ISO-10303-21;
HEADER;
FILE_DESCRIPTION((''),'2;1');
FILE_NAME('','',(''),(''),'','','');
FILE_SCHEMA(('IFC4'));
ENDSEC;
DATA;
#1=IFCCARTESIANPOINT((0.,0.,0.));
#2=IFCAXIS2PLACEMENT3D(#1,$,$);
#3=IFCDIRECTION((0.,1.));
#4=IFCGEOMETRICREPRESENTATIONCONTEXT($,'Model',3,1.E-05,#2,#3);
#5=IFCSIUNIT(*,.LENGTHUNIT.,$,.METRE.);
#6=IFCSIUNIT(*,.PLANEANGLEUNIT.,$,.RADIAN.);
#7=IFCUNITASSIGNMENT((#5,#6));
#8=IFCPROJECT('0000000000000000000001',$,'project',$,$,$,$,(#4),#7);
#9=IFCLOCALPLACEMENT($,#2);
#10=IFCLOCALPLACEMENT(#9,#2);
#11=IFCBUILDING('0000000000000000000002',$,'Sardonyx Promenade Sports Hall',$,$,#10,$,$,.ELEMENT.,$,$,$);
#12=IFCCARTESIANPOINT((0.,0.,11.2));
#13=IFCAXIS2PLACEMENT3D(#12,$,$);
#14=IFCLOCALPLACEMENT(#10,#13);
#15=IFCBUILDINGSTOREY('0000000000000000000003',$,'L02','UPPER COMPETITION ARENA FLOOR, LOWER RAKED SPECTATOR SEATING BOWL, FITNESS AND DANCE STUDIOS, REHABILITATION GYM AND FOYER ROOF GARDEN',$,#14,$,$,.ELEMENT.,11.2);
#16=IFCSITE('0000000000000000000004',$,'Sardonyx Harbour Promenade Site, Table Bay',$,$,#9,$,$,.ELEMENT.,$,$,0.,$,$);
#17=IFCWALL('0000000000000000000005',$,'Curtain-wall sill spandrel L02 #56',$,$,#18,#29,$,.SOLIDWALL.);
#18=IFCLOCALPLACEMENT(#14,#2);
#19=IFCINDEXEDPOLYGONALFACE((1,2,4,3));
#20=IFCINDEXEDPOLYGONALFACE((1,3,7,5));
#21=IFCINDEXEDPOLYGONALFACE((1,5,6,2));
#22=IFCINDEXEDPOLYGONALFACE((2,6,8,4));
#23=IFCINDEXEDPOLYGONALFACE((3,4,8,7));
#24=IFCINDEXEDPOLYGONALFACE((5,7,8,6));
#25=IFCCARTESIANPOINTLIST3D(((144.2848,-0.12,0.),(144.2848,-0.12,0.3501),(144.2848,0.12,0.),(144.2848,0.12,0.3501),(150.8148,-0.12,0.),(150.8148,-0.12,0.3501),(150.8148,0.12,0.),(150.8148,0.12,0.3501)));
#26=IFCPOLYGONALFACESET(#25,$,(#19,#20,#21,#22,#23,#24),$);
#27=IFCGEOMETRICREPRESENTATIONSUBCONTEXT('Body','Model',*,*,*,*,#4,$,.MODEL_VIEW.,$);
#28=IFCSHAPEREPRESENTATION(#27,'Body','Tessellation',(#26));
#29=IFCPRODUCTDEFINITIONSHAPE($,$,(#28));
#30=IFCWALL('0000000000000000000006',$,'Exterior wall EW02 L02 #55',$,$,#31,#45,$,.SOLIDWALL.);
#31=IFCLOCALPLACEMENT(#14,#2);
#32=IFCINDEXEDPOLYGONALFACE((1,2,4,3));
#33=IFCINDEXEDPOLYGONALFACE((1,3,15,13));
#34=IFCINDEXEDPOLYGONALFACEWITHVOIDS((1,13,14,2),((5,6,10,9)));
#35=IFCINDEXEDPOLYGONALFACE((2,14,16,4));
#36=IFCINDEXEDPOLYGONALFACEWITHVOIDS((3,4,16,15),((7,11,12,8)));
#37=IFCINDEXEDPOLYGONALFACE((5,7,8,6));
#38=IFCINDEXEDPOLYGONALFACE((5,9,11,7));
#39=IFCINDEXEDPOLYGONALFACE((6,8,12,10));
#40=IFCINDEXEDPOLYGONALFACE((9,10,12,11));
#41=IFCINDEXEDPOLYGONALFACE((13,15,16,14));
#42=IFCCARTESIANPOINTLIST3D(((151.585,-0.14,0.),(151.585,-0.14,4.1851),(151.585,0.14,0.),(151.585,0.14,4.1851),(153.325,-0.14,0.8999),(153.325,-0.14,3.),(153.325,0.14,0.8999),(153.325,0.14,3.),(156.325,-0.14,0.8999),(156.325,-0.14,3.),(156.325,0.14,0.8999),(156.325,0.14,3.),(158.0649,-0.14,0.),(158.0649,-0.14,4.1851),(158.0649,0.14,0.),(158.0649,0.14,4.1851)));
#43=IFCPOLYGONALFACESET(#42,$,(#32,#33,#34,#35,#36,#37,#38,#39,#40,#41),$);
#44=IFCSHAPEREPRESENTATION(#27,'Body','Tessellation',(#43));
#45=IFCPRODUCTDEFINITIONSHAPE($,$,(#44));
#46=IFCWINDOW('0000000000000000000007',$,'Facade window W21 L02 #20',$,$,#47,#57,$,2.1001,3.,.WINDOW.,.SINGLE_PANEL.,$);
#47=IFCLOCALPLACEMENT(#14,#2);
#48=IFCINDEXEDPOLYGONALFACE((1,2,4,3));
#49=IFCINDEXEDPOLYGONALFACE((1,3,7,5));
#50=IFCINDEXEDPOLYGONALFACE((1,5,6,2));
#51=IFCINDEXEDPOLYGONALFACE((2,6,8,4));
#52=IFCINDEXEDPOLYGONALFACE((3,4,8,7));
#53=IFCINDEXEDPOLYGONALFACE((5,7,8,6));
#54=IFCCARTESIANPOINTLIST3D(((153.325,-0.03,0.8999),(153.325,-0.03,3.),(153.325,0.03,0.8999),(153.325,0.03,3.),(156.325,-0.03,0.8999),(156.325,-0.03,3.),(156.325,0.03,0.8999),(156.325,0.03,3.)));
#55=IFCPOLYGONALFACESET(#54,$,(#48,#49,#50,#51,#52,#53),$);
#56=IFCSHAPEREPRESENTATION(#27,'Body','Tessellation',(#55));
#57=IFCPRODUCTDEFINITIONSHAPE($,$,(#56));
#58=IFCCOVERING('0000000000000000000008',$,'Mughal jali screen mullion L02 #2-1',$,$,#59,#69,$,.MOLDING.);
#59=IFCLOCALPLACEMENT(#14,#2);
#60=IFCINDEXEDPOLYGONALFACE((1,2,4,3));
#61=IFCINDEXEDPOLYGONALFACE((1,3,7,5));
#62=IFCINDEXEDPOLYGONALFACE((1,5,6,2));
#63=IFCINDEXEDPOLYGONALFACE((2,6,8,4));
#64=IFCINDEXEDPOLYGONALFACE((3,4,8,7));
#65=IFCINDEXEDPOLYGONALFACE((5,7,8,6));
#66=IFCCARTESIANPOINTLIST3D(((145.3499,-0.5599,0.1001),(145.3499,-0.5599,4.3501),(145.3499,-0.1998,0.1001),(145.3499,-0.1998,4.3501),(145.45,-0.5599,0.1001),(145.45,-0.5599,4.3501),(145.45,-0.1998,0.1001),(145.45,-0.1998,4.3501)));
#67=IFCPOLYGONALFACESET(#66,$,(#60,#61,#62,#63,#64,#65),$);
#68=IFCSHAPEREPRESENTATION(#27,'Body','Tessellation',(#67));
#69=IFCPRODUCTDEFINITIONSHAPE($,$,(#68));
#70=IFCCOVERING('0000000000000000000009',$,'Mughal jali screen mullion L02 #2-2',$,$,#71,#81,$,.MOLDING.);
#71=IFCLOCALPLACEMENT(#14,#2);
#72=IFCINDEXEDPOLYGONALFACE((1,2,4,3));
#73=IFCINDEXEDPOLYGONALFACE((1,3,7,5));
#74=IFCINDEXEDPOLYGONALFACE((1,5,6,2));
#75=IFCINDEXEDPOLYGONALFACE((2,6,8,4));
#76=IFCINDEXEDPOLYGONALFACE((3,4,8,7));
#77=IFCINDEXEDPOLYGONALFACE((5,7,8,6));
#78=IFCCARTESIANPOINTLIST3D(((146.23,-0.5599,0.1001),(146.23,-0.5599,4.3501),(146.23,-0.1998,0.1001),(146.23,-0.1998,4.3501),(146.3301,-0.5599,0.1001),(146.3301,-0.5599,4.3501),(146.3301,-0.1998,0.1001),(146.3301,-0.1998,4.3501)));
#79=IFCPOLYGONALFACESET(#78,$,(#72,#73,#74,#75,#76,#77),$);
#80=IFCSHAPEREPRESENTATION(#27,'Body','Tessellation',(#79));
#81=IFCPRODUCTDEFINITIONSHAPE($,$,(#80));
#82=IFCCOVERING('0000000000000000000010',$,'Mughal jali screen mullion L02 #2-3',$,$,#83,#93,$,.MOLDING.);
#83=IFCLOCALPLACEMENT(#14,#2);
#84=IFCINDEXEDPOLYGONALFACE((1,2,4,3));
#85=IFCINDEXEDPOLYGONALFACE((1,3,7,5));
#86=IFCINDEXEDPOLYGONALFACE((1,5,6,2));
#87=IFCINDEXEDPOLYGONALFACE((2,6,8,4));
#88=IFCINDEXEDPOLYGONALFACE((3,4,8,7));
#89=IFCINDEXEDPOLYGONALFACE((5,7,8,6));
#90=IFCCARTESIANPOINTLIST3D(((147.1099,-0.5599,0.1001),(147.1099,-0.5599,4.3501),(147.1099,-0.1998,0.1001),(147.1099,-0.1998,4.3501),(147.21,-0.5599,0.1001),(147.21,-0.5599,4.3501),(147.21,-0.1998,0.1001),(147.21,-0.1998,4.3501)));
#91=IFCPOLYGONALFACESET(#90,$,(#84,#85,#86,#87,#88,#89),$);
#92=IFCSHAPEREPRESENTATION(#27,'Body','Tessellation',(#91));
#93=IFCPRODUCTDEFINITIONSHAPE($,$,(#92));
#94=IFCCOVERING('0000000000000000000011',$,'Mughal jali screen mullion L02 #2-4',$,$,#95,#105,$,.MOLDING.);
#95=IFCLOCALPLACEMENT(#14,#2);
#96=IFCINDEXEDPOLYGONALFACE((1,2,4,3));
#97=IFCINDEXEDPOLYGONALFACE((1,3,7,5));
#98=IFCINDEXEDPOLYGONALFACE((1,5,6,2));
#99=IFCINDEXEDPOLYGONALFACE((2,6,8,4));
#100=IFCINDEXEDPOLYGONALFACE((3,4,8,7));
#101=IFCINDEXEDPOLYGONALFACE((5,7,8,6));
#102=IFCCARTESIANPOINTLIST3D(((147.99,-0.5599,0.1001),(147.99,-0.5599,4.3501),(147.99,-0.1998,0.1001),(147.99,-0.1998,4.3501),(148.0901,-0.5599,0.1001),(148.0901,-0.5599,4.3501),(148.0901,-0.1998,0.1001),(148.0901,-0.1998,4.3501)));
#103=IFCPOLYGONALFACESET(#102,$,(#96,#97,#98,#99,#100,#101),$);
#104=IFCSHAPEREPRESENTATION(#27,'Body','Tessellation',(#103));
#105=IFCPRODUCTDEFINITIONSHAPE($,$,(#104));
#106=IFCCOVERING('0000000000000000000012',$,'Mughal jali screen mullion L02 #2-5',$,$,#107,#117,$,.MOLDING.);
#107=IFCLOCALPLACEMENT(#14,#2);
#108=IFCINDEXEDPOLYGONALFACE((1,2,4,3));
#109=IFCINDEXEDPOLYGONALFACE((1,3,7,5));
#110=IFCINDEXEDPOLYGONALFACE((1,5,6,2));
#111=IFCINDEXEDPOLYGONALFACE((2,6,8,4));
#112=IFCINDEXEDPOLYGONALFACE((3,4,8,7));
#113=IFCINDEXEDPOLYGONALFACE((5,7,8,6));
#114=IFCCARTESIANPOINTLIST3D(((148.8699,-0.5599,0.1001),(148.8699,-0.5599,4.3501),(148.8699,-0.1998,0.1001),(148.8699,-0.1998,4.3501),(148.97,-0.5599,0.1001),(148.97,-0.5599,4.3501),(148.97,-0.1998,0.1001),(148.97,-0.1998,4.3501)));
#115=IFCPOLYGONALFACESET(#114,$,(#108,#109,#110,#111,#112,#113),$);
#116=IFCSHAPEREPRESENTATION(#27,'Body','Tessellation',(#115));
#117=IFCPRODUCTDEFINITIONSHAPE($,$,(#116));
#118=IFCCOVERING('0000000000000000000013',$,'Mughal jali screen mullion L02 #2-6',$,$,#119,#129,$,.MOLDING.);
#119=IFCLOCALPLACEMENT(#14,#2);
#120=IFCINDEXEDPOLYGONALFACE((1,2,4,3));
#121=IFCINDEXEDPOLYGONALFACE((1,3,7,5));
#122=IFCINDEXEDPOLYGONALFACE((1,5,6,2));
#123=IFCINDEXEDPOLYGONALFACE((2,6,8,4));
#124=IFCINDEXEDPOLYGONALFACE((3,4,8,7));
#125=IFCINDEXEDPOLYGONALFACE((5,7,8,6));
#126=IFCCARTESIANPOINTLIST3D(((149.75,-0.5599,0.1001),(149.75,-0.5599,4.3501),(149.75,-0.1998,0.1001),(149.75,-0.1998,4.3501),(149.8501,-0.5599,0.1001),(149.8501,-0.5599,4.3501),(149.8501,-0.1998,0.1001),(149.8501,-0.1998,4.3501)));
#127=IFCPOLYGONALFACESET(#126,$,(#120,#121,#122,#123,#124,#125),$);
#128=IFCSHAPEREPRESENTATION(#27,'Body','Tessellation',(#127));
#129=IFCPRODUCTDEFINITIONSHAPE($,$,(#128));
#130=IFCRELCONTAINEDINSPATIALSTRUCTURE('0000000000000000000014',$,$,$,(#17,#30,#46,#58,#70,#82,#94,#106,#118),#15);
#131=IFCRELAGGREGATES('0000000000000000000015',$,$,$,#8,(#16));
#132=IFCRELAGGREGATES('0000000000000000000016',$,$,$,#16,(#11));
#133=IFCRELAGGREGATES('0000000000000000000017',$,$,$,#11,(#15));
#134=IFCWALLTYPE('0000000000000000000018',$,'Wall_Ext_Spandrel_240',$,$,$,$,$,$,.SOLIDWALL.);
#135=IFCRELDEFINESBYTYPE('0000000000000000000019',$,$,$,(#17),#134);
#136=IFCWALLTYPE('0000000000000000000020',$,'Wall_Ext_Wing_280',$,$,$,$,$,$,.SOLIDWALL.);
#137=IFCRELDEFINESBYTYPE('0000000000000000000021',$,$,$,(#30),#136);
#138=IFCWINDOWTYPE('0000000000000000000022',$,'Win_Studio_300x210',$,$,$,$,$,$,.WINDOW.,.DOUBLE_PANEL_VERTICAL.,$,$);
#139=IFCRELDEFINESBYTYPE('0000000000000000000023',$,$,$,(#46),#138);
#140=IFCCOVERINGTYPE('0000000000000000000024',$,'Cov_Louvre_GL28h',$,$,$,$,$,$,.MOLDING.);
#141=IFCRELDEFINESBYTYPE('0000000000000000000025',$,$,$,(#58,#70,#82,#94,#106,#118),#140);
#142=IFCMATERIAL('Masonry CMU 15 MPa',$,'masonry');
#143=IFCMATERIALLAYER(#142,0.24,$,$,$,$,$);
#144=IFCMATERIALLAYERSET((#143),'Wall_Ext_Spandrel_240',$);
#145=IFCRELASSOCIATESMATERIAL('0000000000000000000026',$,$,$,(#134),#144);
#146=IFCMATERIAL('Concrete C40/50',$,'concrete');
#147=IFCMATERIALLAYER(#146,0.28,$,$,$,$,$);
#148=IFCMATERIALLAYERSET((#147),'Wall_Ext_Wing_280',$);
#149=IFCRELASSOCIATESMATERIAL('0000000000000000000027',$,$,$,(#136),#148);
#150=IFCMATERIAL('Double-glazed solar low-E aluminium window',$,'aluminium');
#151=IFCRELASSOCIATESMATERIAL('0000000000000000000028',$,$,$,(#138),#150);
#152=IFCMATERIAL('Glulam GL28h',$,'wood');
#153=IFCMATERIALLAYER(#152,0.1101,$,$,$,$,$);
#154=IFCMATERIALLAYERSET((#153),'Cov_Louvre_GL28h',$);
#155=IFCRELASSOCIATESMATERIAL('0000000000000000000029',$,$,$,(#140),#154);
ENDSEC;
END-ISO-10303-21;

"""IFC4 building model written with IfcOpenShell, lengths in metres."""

from ifc_helpers import new_model, si_unit, direction, frame, frame_2d, origin, origin_2d, place, context, subcontext, project, spatial, rectangle, extrude, material, layer, layer_set, type_object, element, fill, save


model = new_model("IFC4")

# Units and contexts
model_context = context("Model", 3, precision=1e-05, world=origin(), true_north=direction((0.0, 1.0)))
body_context = subcontext(model_context, "Body", "Model", "MODEL_VIEW")
ifc_project = project(units=[si_unit("LENGTHUNIT", "METRE"), si_unit("PLANEANGLEUNIT", "RADIAN")], contexts=[model_context])

# Site, building, storey
site_placement = place(None, origin())
site = spatial("IfcSite", under=ifc_project, at=site_placement, Name="Sardonyx Harbour Promenade Site, Table Bay", CompositionType="ELEMENT", RefElevation=0.0)
building_placement = place(site_placement, origin())
building = spatial("IfcBuilding", under=site, at=building_placement, Name="Sardonyx Promenade Sports Hall", CompositionType="ELEMENT")
storey_placement = place(building_placement, frame((0.0, 0.0, 11.2)))
storey = spatial("IfcBuildingStorey", under=building, at=storey_placement, Name="L02", Description="UPPER COMPETITION ARENA FLOOR, LOWER RAKED SPECTATOR SEATING BOWL, FITNESS AND DANCE STUDIOS, REHABILITATION GYM AND FOYER ROOF GARDEN", CompositionType="ELEMENT", Elevation=11.2)

# Wall
ifc_material_1 = material(Name="Masonry CMU 15 MPa", Category="masonry")
ifc_layer_1 = layer(ifc_material_1, 0.24)
ifc_layer_set_1 = layer_set([ifc_layer_1], Name="Wall_Ext_Spandrel_240")
wall_type_1 = type_object("IfcWallType", Name="Wall_Ext_Spandrel_240", PredefinedType="SOLIDWALL", material=ifc_layer_set_1)
wall_1_placement = place(storey_placement, frame((150.8149, 0.0, 0.0), z_axis=(0.0, 0.0, 1.0), x_axis=(-1.0, 0.0, 0.0)))
element("IfcWall", 1, at=wall_1_placement, inside=storey, type_object=wall_type_1, Name="Curtain-wall sill spandrel L02 #56", PredefinedType="SOLIDWALL", context=body_context, shape_type="SweptSolid", body=[
    extrude(rectangle(XDim=6.53, YDim=0.24, at=frame_2d((3.2651, 0.0))), origin(), (0.0, 0.0, 1.0), 0.3501),
])

# Wall, opening, window
ifc_material_2 = material(Name="Concrete C40/50", Category="concrete")
ifc_layer_2 = layer(ifc_material_2, 0.28)
ifc_layer_set_2 = layer_set([ifc_layer_2], Name="Wall_Ext_Wing_280")
wall_type_2 = type_object("IfcWallType", Name="Wall_Ext_Wing_280", PredefinedType="SOLIDWALL", material=ifc_layer_set_2)
wall_2_placement = place(storey_placement, frame((158.0649, 0.0, 0.0), z_axis=(0.0, 0.0, 1.0), x_axis=(-1.0, 0.0, 0.0)))
wall_2 = element("IfcWall", 2, at=wall_2_placement, inside=storey, type_object=wall_type_2, Name="Exterior wall EW02 L02 #55", PredefinedType="SOLIDWALL", context=body_context, shape_type="SweptSolid", body=[
    extrude(rectangle(XDim=6.48, YDim=0.28, at=frame_2d((3.24, 0.0))), origin(), (0.0, 0.0, 1.0), 4.1851),
])
opening_placement = place(wall_2_placement, frame((1.74, 0.0, 0.8999)))
opening = element("IfcOpeningElement", 3, at=opening_placement, cuts=wall_2, PredefinedType="OPENING", context=body_context, shape_type="SweptSolid", body=[
    extrude(rectangle(XDim=3.0, YDim=2.1001, at=frame_2d((1.5, 1.05))), frame((0.0, 0.15, 0.0), z_axis=(0.0, -1.0, 0.0), x_axis=(1.0, 0.0, 0.0)), (0.0, 0.0, 1.0), 0.3),
])
ifc_material_3 = material(Name="Double-glazed solar low-E aluminium window", Category="aluminium")
window_type = type_object("IfcWindowType", Name="Win_Studio_300x210", PartitioningType="DOUBLE_PANEL_VERTICAL", PredefinedType="WINDOW", material=ifc_material_3)
window_placement = place(opening_placement, origin())
window = element("IfcWindow", 4, at=window_placement, inside=storey, type_object=window_type, Name="Facade window W21 L02 #20", OverallHeight=2.1001, OverallWidth=3.0, PartitioningType="SINGLE_PANEL", PredefinedType="WINDOW", context=body_context, shape_type="SweptSolid", body=[
    extrude(rectangle(XDim=3.0, YDim=2.1001, at=frame_2d((1.5, 1.05))), frame((0.0, 0.03, 0.0), z_axis=(0.0, -1.0, 0.0), x_axis=(1.0, 0.0, 0.0)), (0.0, 0.0, 1.0), 0.0601),
])
fill(opening, window)

# Coverings
ifc_material_4 = material(Name="Glulam GL28h", Category="wood")
ifc_layer_3 = layer(ifc_material_4, 0.1101)
ifc_layer_set_3 = layer_set([ifc_layer_3], Name="Cov_Louvre_GL28h")
covering_type = type_object("IfcCoveringType", Name="Cov_Louvre_GL28h", PredefinedType="MOLDING", material=ifc_layer_set_3)
for number, where, z_axis, x_axis, name in (
    (5, (145.3999, -0.3799, 0.1001), (0.0, 0.0, 1.0), (1.0, 0.0, 0.0), "Mughal jali screen mullion L02 #2-1"),
    (6, (146.28, -0.3799, 0.1001), (0.0, 0.0, 1.0), (1.0, 0.0, 0.0), "Mughal jali screen mullion L02 #2-2"),
    (7, (147.1599, -0.3799, 0.1001), (0.0, 0.0, 1.0), (1.0, 0.0, 0.0), "Mughal jali screen mullion L02 #2-3"),
    (8, (148.04, -0.3799, 0.1001), (0.0, 0.0, 1.0), (1.0, 0.0, 0.0), "Mughal jali screen mullion L02 #2-4"),
    (9, (148.9199, -0.3799, 0.1001), (0.0, 0.0, 1.0), (1.0, 0.0, 0.0), "Mughal jali screen mullion L02 #2-5"),
    (10, (149.8, -0.3799, 0.1001), (0.0, 0.0, 1.0), (1.0, 0.0, 0.0), "Mughal jali screen mullion L02 #2-6"),
):
    element("IfcCovering", number, at=place(storey_placement, frame(where, z_axis=z_axis, x_axis=x_axis)), inside=storey, type_object=covering_type, Name=name, PredefinedType="MOLDING", context=body_context, shape_type="SweptSolid", body=[
        extrude(rectangle(XDim=0.1001, YDim=0.3601, at=origin_2d()), origin(), (0.0, 0.0, 1.0), 4.25),
    ])

save(model, "model.ifc")
